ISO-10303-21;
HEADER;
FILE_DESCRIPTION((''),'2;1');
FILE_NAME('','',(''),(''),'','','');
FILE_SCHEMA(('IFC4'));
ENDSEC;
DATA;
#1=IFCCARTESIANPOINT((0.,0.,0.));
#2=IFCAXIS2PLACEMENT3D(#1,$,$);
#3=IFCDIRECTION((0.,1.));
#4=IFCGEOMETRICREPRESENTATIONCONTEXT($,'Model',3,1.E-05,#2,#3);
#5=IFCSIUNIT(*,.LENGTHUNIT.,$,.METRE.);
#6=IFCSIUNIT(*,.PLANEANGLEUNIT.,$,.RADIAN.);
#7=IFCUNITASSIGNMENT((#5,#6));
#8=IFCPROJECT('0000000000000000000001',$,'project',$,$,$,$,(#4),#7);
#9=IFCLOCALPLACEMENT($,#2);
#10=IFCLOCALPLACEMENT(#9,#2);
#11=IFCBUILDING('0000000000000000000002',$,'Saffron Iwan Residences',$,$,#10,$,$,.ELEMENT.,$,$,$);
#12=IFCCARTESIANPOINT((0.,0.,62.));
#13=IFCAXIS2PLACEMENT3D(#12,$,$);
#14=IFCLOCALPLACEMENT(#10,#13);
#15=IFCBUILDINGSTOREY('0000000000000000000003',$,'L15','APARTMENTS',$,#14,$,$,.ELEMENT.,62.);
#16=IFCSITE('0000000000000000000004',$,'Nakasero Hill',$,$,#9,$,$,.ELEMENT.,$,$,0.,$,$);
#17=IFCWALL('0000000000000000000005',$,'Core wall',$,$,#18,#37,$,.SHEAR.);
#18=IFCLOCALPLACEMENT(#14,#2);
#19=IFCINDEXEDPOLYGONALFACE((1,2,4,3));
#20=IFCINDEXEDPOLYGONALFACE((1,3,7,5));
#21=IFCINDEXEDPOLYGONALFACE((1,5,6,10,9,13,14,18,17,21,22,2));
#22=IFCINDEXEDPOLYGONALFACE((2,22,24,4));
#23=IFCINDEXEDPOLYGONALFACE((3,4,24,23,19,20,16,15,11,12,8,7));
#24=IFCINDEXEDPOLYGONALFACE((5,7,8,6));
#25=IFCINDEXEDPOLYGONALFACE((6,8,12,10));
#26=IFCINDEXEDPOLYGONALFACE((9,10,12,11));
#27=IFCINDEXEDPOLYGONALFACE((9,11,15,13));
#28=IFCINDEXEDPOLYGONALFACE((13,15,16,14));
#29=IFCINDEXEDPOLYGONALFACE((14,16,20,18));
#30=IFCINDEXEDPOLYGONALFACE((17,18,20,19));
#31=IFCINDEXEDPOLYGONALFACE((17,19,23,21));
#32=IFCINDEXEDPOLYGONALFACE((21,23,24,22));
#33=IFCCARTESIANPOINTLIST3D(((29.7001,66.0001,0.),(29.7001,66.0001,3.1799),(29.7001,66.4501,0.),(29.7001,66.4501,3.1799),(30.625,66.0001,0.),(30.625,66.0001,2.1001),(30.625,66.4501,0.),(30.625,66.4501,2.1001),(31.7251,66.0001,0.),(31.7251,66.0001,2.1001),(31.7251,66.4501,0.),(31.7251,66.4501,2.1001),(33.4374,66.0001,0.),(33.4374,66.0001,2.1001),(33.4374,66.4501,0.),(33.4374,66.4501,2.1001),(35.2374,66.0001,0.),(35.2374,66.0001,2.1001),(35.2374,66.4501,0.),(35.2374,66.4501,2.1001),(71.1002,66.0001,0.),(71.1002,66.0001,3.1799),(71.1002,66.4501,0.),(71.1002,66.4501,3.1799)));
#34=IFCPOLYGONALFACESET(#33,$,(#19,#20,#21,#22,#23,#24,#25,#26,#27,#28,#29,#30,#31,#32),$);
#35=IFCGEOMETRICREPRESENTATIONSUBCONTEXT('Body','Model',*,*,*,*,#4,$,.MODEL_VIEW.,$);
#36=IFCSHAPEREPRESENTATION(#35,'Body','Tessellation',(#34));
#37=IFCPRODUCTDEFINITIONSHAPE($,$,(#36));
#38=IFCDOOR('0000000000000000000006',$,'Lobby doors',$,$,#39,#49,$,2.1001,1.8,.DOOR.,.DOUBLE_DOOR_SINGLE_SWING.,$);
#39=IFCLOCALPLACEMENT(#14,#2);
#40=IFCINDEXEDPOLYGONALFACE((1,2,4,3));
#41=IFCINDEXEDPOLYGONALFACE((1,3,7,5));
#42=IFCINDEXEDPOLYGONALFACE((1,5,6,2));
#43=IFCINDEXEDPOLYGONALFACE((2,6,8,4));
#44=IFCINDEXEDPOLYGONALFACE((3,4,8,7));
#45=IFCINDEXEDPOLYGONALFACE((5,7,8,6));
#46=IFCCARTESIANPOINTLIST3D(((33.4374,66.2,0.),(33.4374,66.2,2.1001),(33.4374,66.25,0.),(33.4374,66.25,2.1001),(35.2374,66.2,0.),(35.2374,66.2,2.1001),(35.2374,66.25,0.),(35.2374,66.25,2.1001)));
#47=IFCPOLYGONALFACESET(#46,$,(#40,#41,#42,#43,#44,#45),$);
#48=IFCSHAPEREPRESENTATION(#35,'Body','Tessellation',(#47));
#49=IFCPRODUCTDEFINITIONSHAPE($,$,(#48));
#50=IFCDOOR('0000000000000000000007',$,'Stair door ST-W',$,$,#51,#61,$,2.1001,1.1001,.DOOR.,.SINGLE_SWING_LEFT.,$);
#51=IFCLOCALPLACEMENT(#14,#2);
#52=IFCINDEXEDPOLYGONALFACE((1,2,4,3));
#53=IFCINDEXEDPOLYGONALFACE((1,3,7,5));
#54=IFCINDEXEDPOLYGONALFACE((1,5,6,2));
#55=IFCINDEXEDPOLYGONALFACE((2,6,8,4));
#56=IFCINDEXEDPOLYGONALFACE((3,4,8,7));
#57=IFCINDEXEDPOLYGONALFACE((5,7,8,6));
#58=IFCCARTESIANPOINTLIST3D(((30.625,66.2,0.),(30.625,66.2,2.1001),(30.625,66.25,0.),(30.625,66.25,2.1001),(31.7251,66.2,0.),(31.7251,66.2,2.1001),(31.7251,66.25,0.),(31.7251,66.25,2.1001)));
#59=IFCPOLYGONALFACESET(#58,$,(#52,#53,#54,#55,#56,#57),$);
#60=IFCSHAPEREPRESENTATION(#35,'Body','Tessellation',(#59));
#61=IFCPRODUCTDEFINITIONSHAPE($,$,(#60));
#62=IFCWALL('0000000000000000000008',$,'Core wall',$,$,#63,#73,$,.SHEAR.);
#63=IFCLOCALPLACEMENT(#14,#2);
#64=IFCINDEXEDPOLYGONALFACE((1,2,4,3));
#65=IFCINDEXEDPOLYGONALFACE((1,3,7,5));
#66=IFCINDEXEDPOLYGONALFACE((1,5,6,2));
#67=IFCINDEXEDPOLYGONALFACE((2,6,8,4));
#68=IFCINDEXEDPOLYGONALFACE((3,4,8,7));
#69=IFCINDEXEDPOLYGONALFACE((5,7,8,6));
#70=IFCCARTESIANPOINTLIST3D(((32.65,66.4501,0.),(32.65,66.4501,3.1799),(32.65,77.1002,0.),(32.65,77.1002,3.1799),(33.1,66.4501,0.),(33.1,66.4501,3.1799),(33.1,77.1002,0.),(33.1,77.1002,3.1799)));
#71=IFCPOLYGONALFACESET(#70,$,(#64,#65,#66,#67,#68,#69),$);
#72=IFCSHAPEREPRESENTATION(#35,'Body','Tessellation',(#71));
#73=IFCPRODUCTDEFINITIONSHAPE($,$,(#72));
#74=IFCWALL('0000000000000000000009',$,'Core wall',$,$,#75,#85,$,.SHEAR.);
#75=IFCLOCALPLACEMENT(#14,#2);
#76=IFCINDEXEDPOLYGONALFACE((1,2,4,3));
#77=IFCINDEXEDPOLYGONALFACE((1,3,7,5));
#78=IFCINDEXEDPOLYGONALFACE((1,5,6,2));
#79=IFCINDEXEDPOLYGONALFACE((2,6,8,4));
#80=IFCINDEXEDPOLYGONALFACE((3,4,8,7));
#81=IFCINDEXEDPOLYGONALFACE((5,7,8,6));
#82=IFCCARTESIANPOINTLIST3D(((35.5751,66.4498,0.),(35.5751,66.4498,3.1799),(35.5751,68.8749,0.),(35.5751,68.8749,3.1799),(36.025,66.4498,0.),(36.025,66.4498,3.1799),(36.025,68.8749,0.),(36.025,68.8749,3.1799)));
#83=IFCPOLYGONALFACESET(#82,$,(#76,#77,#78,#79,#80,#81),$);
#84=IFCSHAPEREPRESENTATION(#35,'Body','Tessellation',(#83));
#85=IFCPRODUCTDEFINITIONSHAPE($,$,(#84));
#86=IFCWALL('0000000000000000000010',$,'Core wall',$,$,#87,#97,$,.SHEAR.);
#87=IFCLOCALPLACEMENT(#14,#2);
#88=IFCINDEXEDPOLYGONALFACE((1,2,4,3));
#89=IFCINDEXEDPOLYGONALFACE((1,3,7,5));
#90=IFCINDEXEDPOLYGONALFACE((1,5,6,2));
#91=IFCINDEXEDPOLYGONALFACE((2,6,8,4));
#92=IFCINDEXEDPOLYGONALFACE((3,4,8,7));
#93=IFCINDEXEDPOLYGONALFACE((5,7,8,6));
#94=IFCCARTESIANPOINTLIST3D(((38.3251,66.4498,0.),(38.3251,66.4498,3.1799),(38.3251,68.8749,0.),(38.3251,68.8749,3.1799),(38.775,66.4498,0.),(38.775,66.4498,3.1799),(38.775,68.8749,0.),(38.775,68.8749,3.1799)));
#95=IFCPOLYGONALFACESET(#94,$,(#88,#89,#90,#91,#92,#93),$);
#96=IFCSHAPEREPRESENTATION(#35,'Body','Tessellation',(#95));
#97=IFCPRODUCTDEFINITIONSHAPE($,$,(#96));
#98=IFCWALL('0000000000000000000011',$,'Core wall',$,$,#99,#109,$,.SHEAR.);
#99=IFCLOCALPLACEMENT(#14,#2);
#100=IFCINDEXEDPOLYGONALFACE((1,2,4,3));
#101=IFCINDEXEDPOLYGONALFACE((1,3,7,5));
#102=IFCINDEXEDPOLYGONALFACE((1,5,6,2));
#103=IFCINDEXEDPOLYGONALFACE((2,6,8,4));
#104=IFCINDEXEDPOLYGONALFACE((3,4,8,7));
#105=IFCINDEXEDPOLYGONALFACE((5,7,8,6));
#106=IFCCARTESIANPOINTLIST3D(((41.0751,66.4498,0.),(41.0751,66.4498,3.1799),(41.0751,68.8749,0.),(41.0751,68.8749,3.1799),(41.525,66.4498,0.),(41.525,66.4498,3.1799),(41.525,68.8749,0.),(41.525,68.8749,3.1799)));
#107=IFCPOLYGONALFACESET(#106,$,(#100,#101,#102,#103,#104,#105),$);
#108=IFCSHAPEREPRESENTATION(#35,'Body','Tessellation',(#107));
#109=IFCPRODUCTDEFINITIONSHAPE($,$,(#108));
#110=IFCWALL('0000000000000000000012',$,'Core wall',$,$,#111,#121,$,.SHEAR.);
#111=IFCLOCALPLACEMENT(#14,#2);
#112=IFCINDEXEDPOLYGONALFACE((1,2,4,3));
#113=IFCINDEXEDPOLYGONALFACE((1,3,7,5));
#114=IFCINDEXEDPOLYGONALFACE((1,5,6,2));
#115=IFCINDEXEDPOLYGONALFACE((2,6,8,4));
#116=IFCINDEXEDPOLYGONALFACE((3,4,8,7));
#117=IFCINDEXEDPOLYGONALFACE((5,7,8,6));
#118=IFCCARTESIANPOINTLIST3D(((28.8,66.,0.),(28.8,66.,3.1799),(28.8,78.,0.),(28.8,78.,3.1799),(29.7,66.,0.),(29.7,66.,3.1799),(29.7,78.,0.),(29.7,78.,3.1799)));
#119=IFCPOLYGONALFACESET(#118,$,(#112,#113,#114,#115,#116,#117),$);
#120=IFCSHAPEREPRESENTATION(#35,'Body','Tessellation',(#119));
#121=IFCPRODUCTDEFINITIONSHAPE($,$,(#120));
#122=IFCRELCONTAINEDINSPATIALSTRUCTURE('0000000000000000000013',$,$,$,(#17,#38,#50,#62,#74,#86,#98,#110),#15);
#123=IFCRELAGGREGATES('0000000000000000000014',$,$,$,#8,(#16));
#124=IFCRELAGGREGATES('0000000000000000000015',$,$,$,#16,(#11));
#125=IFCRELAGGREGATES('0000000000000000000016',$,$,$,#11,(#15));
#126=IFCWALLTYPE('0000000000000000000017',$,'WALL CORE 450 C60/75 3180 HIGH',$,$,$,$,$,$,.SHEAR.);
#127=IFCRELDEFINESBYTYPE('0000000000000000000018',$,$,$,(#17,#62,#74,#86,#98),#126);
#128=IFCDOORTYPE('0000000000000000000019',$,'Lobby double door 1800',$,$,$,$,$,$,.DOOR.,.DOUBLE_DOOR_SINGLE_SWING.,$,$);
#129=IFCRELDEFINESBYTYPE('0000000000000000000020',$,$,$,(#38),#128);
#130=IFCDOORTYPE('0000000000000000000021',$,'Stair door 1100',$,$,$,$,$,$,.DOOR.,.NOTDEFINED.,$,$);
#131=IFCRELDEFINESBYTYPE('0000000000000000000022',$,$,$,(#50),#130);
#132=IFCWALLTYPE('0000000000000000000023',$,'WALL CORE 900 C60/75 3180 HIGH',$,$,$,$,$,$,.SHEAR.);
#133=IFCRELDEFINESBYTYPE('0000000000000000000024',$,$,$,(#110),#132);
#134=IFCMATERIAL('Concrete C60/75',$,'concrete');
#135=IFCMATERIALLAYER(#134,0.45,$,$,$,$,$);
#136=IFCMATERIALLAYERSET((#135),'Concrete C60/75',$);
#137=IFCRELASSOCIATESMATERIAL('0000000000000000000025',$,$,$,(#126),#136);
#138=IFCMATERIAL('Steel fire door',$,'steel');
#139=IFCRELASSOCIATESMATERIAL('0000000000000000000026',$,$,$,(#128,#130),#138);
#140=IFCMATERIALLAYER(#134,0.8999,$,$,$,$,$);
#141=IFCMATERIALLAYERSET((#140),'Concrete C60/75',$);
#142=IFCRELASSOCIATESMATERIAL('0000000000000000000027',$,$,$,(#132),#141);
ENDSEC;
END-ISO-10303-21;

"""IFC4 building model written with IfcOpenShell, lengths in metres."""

from ifc_helpers import new_model, si_unit, direction, frame, frame_2d, origin, place, context, subcontext, project, spatial, rectangle, extrude, material, layer, layer_set, type_object, element, fill, save


model = new_model("IFC4")

# Units and contexts
model_context = context("Model", 3, precision=1e-05, world=origin(), true_north=direction((0.0, 1.0)))
body_context = subcontext(model_context, "Body", "Model", "MODEL_VIEW")
ifc_project = project(units=[si_unit("LENGTHUNIT", "METRE"), si_unit("PLANEANGLEUNIT", "RADIAN")], contexts=[model_context])

# Site, building, storey
site_placement = place(None, origin())
site = spatial("IfcSite", under=ifc_project, at=site_placement, Name="Nakasero Hill", CompositionType="ELEMENT", RefElevation=0.0)
building_placement = place(site_placement, origin())
building = spatial("IfcBuilding", under=site, at=building_placement, Name="Saffron Iwan Residences", CompositionType="ELEMENT")
storey_placement = place(building_placement, frame((0.0, 0.0, 62.0)))
storey = spatial("IfcBuildingStorey", under=building, at=storey_placement, Name="L15", Description="APARTMENTS", CompositionType="ELEMENT", Elevation=62.0)

# Wall, openings, doors
ifc_material_1 = material(Name="Concrete C60/75", Category="concrete")
ifc_layer_1 = layer(ifc_material_1, 0.45)
ifc_layer_set_1 = layer_set([ifc_layer_1], Name="Concrete C60/75")
wall_type_1 = type_object("IfcWallType", Name="WALL CORE 450 C60/75 3180 HIGH", PredefinedType="SHEAR", material=ifc_layer_set_1)
wall_1_placement = place(storey_placement, frame((29.7, 66.2251, 0.0), z_axis=(0.0, 0.0, 1.0), x_axis=(1.0, 0.0, 0.0)))
wall_1 = element("IfcWall", 1, at=wall_1_placement, inside=storey, type_object=wall_type_1, Name="Core wall", PredefinedType="SHEAR", context=body_context, shape_type="SweptSolid", body=[
    extrude(rectangle(XDim=41.4001, YDim=0.45, at=frame_2d((20.7002, 0.0))), origin(), (0.0, 0.0, 1.0), 3.1799),
])
opening_1_placement = place(wall_1_placement, frame((0.925, 0.0, 0.0)))
opening_1 = element("IfcOpeningElement", 2, at=opening_1_placement, cuts=wall_1, PredefinedType="OPENING", context=body_context, shape_type="SweptSolid", body=[
    extrude(rectangle(XDim=1.1001, YDim=2.1001, at=frame_2d((0.55, 1.05))), frame((0.0, 0.2349, 0.0), z_axis=(0.0, -1.0, 0.0), x_axis=(1.0, 0.0, 0.0)), (0.0, 0.0, 1.0), 0.47),
])
opening_2_placement = place(wall_1_placement, frame((3.7375, 0.0, 0.0)))
opening_2 = element("IfcOpeningElement", 3, at=opening_2_placement, cuts=wall_1, PredefinedType="OPENING", context=body_context, shape_type="SweptSolid", body=[
    extrude(rectangle(XDim=1.8, YDim=2.1001, at=frame_2d((0.8999, 1.05))), frame((0.0, 0.2349, 0.0), z_axis=(0.0, -1.0, 0.0), x_axis=(1.0, 0.0, 0.0)), (0.0, 0.0, 1.0), 0.47),
])
ifc_material_2 = material(Name="Steel fire door", Category="steel")
door_type_1 = type_object("IfcDoorType", Name="Lobby double door 1800", OperationType="DOUBLE_DOOR_SINGLE_SWING", PredefinedType="DOOR", material=ifc_material_2)
door_1_placement = place(opening_2_placement, origin())
door_1 = element("IfcDoor", 4, at=door_1_placement, inside=storey, type_object=door_type_1, Name="Lobby doors", OperationType="DOUBLE_DOOR_SINGLE_SWING", OverallHeight=2.1001, OverallWidth=1.8, PredefinedType="DOOR", context=body_context, shape_type="SweptSolid", body=[
    extrude(rectangle(XDim=1.8, YDim=2.1001, at=frame_2d((0.8999, 1.05))), frame((0.0, 0.0249, 0.0), z_axis=(0.0, -1.0, 0.0), x_axis=(1.0, 0.0, 0.0)), (0.0, 0.0, 1.0), 0.05),
])
fill(opening_2, door_1)
door_type_2 = type_object("IfcDoorType", Name="Stair door 1100", OperationType="NOTDEFINED", PredefinedType="DOOR", material=ifc_material_2)
door_2_placement = place(opening_1_placement, origin())
door_2 = element("IfcDoor", 5, at=door_2_placement, inside=storey, type_object=door_type_2, Name="Stair door ST-W", OperationType="SINGLE_SWING_LEFT", OverallHeight=2.1001, OverallWidth=1.1001, PredefinedType="DOOR", context=body_context, shape_type="SweptSolid", body=[
    extrude(rectangle(XDim=1.1001, YDim=2.1001, at=frame_2d((0.55, 1.05))), frame((0.0, 0.0249, 0.0), z_axis=(0.0, -1.0, 0.0), x_axis=(1.0, 0.0, 0.0)), (0.0, 0.0, 1.0), 0.05),
])
fill(opening_1, door_2)

# Walls
wall_2_placement = place(storey_placement, frame((32.875, 66.45, 0.0), z_axis=(0.0, 0.0, 1.0), x_axis=(0.0, 1.0, 0.0)))
element("IfcWall", 6, at=wall_2_placement, inside=storey, type_object=wall_type_1, Name="Core wall", PredefinedType="SHEAR", context=body_context, shape_type="SweptSolid", body=[
    extrude(rectangle(XDim=10.6501, YDim=0.45, at=frame_2d((5.3252, 0.0))), origin(), (0.0, 0.0, 1.0), 3.1799),
])
for number, where, z_axis, x_axis, name in (
    (7, (35.8, 66.45, 0.0), (0.0, 0.0, 1.0), (0.0, 1.0, 0.0), "Core wall"),
    (8, (38.55, 66.45, 0.0), (0.0, 0.0, 1.0), (0.0, 1.0, 0.0), "Core wall"),
    (9, (41.3, 66.45, 0.0), (0.0, 0.0, 1.0), (0.0, 1.0, 0.0), "Core wall"),
):
    element("IfcWall", number, at=place(storey_placement, frame(where, z_axis=z_axis, x_axis=x_axis)), inside=storey, type_object=wall_type_1, Name=name, PredefinedType="SHEAR", context=body_context, shape_type="SweptSolid", body=[
        extrude(rectangle(XDim=2.425, YDim=0.45, at=frame_2d((1.2124, 0.0))), origin(), (0.0, 0.0, 1.0), 3.1799),
    ])
ifc_layer_2 = layer(ifc_material_1, 0.8999)
ifc_layer_set_2 = layer_set([ifc_layer_2], Name="Concrete C60/75")
wall_type_2 = type_object("IfcWallType", Name="WALL CORE 900 C60/75 3180 HIGH", PredefinedType="SHEAR", material=ifc_layer_set_2)
wall_3_placement = place(storey_placement, frame((29.25, 66.0, 0.0), z_axis=(0.0, 0.0, 1.0), x_axis=(0.0, 1.0, 0.0)))
element("IfcWall", 10, at=wall_3_placement, inside=storey, type_object=wall_type_2, Name="Core wall", PredefinedType="SHEAR", context=body_context, shape_type="SweptSolid", body=[
    extrude(rectangle(XDim=12.0, YDim=0.8999, at=frame_2d((6.0, 0.0))), origin(), (0.0, 0.0, 1.0), 3.1799),
])

save(model, "model.ifc")
